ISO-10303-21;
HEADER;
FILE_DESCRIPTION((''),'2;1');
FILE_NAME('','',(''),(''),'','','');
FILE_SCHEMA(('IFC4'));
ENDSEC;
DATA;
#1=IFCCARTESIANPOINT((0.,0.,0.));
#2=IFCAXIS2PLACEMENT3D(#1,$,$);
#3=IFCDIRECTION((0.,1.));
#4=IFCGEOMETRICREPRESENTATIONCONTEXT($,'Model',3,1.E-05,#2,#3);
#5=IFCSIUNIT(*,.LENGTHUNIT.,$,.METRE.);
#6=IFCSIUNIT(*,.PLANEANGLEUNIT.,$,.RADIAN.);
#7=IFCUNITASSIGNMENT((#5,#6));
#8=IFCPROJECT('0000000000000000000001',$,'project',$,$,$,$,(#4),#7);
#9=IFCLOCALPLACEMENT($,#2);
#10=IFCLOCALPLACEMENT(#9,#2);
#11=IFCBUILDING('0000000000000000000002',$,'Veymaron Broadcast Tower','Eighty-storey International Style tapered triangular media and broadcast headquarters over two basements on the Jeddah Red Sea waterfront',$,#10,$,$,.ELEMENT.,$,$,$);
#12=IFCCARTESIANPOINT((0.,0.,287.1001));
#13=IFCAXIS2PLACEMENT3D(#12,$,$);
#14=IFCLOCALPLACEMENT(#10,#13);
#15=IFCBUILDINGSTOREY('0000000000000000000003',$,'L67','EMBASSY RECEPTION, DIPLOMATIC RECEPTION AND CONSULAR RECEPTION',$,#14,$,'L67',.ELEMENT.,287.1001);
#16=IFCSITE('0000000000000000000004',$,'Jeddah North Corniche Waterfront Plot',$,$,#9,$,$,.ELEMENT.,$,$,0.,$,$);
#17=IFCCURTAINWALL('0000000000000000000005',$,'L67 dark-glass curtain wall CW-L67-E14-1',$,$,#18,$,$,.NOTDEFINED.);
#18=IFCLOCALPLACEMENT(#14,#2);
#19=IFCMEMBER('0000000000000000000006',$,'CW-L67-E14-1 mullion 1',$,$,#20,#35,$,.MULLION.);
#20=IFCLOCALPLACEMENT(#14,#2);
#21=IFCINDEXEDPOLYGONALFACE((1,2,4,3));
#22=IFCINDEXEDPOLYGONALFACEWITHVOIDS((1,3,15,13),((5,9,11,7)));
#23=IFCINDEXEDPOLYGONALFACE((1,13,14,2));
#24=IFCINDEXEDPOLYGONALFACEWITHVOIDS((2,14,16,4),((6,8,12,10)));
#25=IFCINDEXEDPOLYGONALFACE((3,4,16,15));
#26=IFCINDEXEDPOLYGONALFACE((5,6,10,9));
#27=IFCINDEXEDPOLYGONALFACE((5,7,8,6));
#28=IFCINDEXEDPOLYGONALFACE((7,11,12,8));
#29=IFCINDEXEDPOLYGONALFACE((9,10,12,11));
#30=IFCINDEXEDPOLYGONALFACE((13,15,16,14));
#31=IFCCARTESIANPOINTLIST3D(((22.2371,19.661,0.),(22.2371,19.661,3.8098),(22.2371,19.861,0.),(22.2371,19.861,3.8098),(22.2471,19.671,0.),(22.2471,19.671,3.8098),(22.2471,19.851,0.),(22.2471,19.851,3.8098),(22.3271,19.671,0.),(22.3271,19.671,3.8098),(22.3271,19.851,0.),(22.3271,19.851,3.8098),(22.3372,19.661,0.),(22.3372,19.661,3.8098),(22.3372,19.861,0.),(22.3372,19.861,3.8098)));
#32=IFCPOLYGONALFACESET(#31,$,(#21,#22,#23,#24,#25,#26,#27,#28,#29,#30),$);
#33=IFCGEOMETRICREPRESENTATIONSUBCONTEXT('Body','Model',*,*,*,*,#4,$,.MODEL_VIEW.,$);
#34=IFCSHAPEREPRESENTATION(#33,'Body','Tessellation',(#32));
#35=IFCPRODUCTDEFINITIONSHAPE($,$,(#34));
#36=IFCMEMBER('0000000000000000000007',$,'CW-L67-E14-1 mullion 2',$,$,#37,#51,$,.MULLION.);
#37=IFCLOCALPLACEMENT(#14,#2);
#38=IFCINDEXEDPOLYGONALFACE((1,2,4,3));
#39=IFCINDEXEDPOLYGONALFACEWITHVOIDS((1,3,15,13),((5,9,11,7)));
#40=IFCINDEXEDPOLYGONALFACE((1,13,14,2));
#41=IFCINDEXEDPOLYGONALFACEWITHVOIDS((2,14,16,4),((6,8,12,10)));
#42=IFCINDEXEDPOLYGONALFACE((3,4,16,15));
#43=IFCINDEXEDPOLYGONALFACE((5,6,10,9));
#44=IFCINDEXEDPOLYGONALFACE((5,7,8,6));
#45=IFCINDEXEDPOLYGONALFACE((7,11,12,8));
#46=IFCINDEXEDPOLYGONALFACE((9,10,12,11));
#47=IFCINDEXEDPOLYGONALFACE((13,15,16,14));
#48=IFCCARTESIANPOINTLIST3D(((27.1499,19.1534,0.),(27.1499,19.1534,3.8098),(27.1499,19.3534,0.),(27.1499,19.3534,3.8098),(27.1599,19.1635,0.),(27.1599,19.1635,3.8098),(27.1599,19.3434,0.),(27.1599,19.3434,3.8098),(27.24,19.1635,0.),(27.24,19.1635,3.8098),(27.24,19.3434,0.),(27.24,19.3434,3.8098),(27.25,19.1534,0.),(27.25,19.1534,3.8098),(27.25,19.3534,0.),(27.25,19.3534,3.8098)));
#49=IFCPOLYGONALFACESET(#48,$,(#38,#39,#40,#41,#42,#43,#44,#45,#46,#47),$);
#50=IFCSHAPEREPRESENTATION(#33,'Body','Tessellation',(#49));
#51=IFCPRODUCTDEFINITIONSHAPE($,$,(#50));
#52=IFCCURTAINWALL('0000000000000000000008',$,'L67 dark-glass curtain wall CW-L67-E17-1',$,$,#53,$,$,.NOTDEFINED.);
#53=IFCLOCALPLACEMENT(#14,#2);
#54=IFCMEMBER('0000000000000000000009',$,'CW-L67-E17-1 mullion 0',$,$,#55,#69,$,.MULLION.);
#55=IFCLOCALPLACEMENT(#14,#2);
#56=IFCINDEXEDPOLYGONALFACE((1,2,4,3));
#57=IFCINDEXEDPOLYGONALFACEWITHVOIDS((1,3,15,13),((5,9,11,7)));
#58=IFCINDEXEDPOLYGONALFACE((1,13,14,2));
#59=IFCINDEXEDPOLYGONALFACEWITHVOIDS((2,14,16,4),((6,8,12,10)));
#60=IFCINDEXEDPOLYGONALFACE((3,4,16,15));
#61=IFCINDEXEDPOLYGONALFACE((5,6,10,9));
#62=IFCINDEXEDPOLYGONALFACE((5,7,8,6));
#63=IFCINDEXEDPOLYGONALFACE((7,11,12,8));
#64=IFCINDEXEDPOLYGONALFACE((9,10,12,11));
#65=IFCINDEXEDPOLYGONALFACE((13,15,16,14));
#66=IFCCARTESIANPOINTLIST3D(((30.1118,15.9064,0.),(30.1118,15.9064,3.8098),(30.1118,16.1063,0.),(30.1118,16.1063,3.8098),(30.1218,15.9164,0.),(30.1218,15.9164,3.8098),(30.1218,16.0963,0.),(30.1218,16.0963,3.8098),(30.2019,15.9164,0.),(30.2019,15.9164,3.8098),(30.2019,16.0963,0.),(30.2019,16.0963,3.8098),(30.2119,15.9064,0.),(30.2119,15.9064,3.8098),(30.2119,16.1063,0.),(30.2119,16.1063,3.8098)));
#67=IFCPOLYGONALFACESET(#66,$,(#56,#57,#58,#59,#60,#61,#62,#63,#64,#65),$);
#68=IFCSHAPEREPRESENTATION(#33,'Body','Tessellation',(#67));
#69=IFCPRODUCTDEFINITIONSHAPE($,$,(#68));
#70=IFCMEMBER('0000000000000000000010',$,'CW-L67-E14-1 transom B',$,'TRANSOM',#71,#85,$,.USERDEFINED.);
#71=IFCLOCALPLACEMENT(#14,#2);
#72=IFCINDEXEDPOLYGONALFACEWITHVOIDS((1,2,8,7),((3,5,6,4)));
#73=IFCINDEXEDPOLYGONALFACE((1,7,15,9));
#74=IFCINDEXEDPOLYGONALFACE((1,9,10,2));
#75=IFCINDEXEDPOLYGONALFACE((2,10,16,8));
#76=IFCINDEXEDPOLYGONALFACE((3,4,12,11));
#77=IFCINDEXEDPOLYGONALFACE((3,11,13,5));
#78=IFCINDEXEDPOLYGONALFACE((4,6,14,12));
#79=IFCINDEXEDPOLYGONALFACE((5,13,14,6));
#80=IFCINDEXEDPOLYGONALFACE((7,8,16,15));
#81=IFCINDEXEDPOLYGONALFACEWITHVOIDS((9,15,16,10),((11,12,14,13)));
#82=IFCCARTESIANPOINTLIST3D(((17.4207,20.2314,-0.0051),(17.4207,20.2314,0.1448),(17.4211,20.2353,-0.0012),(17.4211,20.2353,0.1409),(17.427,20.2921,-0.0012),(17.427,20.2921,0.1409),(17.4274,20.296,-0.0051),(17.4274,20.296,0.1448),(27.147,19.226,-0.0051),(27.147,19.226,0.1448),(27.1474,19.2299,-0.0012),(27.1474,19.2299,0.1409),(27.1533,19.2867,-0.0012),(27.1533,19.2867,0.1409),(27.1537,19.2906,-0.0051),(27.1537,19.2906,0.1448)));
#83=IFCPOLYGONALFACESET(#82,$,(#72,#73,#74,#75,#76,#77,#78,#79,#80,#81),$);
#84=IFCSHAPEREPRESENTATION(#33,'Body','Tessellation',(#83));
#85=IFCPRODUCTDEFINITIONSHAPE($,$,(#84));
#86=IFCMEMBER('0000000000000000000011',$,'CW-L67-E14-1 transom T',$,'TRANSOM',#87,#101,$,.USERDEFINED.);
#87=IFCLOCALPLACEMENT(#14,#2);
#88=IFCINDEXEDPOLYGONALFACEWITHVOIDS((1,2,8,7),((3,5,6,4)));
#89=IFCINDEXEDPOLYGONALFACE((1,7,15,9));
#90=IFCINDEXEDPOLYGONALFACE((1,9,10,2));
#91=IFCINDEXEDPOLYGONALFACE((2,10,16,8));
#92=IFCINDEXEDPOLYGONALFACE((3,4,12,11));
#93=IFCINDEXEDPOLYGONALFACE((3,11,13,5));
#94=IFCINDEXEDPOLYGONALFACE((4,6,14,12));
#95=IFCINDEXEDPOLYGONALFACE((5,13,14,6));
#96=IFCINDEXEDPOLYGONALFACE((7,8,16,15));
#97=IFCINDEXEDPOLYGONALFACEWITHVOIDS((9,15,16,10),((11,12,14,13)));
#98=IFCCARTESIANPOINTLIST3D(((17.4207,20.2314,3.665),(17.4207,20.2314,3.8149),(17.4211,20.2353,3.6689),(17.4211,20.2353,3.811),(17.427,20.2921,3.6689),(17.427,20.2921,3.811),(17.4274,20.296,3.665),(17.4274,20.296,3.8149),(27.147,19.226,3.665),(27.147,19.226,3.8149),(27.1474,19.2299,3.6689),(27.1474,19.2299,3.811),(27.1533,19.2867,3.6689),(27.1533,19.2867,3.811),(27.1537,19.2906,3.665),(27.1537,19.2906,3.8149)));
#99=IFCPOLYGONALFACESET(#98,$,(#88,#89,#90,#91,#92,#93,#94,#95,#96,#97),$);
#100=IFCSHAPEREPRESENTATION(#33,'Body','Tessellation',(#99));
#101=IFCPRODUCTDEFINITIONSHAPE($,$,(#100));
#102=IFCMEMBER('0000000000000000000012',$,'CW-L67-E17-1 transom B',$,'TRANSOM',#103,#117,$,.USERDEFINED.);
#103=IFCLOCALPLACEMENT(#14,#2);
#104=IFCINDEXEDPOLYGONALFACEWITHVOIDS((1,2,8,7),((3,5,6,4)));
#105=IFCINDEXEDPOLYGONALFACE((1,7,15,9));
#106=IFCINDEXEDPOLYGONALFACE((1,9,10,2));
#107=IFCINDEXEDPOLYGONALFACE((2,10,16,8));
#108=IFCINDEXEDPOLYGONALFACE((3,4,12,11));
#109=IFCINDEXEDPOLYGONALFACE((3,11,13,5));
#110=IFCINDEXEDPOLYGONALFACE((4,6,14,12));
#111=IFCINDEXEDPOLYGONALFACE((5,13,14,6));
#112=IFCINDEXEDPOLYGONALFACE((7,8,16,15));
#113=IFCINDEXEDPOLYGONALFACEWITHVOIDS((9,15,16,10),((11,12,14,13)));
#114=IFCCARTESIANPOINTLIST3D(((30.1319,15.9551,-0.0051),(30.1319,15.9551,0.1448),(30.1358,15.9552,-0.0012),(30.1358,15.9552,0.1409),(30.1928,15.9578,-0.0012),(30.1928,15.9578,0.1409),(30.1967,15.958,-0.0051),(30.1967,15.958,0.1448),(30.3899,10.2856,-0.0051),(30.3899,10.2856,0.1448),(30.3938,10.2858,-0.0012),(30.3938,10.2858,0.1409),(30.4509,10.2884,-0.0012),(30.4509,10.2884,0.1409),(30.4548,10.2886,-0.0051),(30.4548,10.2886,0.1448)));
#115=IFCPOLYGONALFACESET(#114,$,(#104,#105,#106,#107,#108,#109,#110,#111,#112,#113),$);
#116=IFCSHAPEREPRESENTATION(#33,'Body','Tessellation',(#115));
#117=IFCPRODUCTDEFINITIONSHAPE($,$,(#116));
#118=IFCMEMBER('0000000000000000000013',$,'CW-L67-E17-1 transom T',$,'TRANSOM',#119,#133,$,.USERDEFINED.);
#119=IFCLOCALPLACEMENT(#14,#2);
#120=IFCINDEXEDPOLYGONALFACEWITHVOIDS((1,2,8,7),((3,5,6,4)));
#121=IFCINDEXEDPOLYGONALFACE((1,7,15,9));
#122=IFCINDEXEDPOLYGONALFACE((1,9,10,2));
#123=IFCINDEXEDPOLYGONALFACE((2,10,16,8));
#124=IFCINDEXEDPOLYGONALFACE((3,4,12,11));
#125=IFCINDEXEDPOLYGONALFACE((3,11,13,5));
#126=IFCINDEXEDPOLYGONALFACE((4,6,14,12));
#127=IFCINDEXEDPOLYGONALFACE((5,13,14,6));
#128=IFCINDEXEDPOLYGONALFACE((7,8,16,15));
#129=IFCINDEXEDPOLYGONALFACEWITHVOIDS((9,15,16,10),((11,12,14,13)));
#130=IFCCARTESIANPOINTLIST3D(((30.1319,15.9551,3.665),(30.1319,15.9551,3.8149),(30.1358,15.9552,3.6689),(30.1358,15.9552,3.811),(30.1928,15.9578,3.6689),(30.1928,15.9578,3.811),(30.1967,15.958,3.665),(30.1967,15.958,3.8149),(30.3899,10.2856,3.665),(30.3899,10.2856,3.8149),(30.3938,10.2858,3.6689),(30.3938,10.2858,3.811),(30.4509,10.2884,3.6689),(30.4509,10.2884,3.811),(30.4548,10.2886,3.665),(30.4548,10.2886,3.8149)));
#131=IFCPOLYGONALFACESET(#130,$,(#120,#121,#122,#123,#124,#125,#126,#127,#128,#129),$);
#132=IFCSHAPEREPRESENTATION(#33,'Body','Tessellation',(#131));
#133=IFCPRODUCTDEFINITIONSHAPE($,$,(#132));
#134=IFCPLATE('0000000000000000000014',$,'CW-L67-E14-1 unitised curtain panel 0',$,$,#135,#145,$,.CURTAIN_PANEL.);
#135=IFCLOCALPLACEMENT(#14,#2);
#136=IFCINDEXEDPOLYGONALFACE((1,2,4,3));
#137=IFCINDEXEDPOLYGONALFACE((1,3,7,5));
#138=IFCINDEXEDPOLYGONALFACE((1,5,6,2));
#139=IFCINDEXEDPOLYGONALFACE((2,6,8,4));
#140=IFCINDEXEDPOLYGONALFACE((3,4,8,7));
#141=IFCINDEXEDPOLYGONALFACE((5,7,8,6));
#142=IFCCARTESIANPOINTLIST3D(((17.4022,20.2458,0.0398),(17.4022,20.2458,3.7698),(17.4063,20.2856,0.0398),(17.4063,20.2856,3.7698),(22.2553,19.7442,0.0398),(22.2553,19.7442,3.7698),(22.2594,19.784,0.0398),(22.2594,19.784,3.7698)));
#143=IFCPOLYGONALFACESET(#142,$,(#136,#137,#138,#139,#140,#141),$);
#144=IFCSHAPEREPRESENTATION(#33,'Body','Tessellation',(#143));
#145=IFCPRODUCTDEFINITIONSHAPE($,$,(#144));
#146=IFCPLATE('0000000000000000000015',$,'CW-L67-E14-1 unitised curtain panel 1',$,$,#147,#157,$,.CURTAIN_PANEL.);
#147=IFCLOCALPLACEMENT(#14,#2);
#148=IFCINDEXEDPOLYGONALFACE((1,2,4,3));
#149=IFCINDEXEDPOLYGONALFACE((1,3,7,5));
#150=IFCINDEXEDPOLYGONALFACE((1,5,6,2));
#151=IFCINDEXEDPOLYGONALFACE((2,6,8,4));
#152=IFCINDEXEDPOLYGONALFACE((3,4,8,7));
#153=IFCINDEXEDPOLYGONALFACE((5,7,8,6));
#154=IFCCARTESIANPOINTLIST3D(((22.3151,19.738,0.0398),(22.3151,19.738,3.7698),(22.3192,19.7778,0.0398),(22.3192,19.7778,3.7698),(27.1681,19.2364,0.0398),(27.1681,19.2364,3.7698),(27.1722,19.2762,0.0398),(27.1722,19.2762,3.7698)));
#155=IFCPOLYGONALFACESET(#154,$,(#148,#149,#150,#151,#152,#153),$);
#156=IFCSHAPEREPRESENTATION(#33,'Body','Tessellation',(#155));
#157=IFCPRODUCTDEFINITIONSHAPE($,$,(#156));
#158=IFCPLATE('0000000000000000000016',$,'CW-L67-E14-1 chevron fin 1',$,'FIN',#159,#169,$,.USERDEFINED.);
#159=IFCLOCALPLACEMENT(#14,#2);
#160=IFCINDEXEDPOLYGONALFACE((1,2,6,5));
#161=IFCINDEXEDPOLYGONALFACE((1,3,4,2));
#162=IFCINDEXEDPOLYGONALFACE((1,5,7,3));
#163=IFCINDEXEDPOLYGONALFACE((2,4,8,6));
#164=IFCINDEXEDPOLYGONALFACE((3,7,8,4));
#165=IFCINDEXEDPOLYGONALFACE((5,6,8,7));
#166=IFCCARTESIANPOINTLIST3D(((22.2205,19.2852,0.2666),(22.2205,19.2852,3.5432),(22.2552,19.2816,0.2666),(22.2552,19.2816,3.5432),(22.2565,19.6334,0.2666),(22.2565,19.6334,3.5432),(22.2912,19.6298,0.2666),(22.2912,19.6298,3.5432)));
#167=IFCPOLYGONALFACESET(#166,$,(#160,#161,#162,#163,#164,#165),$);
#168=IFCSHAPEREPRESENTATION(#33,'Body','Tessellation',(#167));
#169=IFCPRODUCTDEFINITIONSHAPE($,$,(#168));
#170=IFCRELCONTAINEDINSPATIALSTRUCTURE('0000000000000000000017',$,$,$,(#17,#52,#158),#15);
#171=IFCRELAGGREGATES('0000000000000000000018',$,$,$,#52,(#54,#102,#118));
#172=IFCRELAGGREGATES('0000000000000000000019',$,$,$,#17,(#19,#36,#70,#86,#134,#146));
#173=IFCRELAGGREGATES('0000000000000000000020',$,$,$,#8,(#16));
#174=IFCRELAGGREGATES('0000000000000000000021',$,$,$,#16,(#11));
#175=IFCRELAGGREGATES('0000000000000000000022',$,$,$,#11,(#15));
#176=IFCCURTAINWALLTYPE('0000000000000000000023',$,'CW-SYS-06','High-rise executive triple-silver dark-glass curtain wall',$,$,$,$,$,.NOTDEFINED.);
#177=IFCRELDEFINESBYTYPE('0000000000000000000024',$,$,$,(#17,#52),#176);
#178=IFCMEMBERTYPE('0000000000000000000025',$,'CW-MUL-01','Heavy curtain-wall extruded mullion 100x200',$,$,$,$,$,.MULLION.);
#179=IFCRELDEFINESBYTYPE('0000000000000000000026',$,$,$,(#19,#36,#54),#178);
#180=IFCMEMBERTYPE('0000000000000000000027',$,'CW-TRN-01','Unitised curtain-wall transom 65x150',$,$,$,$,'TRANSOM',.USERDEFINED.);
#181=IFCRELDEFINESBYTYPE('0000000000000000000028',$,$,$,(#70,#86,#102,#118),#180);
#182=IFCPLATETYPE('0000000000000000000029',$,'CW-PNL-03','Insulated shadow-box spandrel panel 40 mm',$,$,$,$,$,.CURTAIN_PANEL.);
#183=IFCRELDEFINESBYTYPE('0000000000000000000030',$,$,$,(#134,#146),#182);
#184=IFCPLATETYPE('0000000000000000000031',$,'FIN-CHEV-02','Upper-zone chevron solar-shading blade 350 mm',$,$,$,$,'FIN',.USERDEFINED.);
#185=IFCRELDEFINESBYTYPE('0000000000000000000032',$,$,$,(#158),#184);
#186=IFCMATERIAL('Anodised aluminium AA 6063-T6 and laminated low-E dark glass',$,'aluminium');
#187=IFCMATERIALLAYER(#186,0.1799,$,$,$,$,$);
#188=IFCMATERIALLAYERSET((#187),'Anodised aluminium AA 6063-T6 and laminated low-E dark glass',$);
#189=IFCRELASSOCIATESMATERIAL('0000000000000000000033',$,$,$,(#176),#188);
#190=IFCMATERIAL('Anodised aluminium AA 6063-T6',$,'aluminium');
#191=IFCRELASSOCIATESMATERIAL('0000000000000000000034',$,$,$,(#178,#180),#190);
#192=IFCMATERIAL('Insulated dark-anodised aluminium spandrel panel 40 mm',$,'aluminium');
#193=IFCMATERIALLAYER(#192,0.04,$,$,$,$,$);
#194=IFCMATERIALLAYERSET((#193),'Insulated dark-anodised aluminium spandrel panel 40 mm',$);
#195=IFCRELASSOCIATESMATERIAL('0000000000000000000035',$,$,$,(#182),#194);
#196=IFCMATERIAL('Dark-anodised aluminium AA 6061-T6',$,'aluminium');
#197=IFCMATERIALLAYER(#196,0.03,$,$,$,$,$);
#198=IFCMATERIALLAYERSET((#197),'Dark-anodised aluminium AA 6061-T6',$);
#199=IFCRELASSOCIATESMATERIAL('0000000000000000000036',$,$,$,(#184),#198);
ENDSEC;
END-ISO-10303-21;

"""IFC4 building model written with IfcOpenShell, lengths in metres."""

from ifc_helpers import new_model, si_unit, direction, frame, origin, origin_2d, place, context, subcontext, project, spatial, rectangle, hollow_rectangle, extrude, material, layer, layer_set, material_profile, profile_set, type_object, element, aggregate, save


model = new_model("IFC4")

# Units and contexts
model_context = context("Model", 3, precision=1e-05, world=origin(), true_north=direction((0.0, 1.0)))
body_context = subcontext(model_context, "Body", "Model", "MODEL_VIEW")
ifc_project = project(units=[si_unit("LENGTHUNIT", "METRE"), si_unit("PLANEANGLEUNIT", "RADIAN")], contexts=[model_context])

# Site, building, storey
site_placement = place(None, origin())
site = spatial("IfcSite", under=ifc_project, at=site_placement, Name="Jeddah North Corniche Waterfront Plot", CompositionType="ELEMENT", RefElevation=0.0)
building_placement = place(site_placement, origin())
building = spatial("IfcBuilding", under=site, at=building_placement, Name="Veymaron Broadcast Tower", Description="Eighty-storey International Style tapered triangular media and broadcast headquarters over two basements on the Jeddah Red Sea waterfront", CompositionType="ELEMENT")
storey_placement = place(building_placement, frame((0.0, 0.0, 287.1001)))
storey = spatial("IfcBuildingStorey", under=building, at=storey_placement, Name="L67", Description="EMBASSY RECEPTION, DIPLOMATIC RECEPTION AND CONSULAR RECEPTION", LongName="L67", CompositionType="ELEMENT", Elevation=287.1001)

# Curtain wall, members
ifc_material_1 = material(Name="Anodised aluminium AA 6063-T6 and laminated low-E dark glass", Category="aluminium")
ifc_layer_1 = layer(ifc_material_1, 0.1799)
ifc_layer_set_1 = layer_set([ifc_layer_1], Name="Anodised aluminium AA 6063-T6 and laminated low-E dark glass")
curtain_wall_type = type_object("IfcCurtainWallType", Name="CW-SYS-06", Description="High-rise executive triple-silver dark-glass curtain wall", PredefinedType="NOTDEFINED", material=ifc_layer_set_1)
curtain_wall_1_placement = place(storey_placement, origin())
curtain_wall_1 = element("IfcCurtainWall", 1, at=curtain_wall_1_placement, inside=storey, type_object=curtain_wall_type, Name="L67 dark-glass curtain wall CW-L67-E14-1", PredefinedType="NOTDEFINED")
ifc_material_2 = material(Name="Anodised aluminium AA 6063-T6", Category="aluminium")
ifc_material_profile_1 = material_profile(ifc_material_2, hollow_rectangle(XDim=0.1001, YDim=0.2, WallThickness=0.01, at=origin_2d()), Name="RHS200X100X10")
ifc_profile_set_1 = profile_set([ifc_material_profile_1], Name="Anodised aluminium AA 6063-T6")
member_type_1 = type_object("IfcMemberType", Name="CW-MUL-01", Description="Heavy curtain-wall extruded mullion 100x200", PredefinedType="MULLION", material=ifc_profile_set_1)
member_1_placement = place(storey_placement, frame((22.2871, 19.761, 0.0), z_axis=(0.0, 0.0, 1.0), x_axis=(1.0, 0.0, 0.0)))
member_1 = element("IfcMember", 2, at=member_1_placement, type_object=member_type_1, Name="CW-L67-E14-1 mullion 1", PredefinedType="MULLION", context=body_context, shape_type="SweptSolid", body=[
    extrude(hollow_rectangle(XDim=0.1001, YDim=0.2, WallThickness=0.01, at=origin_2d()), origin(), (0.0, 0.0, 1.0), 3.8098),
])
member_2_placement = place(storey_placement, frame((27.2, 19.2534, 0.0), z_axis=(0.0, 0.0, 1.0), x_axis=(1.0, 0.0, 0.0)))
member_2 = element("IfcMember", 3, at=member_2_placement, type_object=member_type_1, Name="CW-L67-E14-1 mullion 2", PredefinedType="MULLION", context=body_context, shape_type="SweptSolid", body=[
    extrude(hollow_rectangle(XDim=0.1001, YDim=0.2, WallThickness=0.01, at=origin_2d()), origin(), (0.0, 0.0, 1.0), 3.8098),
])

# Curtain wall, member
curtain_wall_2_placement = place(storey_placement, origin())
curtain_wall_2 = element("IfcCurtainWall", 4, at=curtain_wall_2_placement, inside=storey, type_object=curtain_wall_type, Name="L67 dark-glass curtain wall CW-L67-E17-1", PredefinedType="NOTDEFINED")
member_3_placement = place(storey_placement, frame((30.1619, 16.0063, 0.0), z_axis=(0.0, 0.0, 1.0), x_axis=(1.0, 0.0, 0.0)))
member_3 = element("IfcMember", 5, at=member_3_placement, type_object=member_type_1, Name="CW-L67-E17-1 mullion 0", PredefinedType="MULLION", context=body_context, shape_type="SweptSolid", body=[
    extrude(hollow_rectangle(XDim=0.1001, YDim=0.2, WallThickness=0.01, at=origin_2d()), origin(), (0.0, 0.0, 1.0), 3.8098),
])

# Members
ifc_material_profile_2 = material_profile(ifc_material_2, hollow_rectangle(XDim=0.0649, YDim=0.1499, WallThickness=0.0039, at=origin_2d()), Name="AL150X65X4")
ifc_profile_set_2 = profile_set([ifc_material_profile_2], Name="Anodised aluminium AA 6063-T6")
member_type_2 = type_object("IfcMemberType", Name="CW-TRN-01", Description="Unitised curtain-wall transom 65x150", ElementType="TRANSOM", PredefinedType="USERDEFINED", material=ifc_profile_set_2)
member_4_placement = place(storey_placement, frame((17.4241, 20.2637, 0.0698), z_axis=(0.9947, -0.102818, 0.0), x_axis=(0.102818, 0.9947, 0.0)))
member_4 = element("IfcMember", 6, at=member_4_placement, type_object=member_type_2, Name="CW-L67-E14-1 transom B", ObjectType="TRANSOM", PredefinedType="USERDEFINED", context=body_context, shape_type="SweptSolid", body=[
    extrude(hollow_rectangle(XDim=0.0649, YDim=0.1499, WallThickness=0.0039, at=origin_2d()), origin(), (0.0, 0.0, 1.0), 9.7781),
])
member_5_placement = place(storey_placement, frame((17.4241, 20.2637, 3.74), z_axis=(0.9947, -0.102818, 0.0), x_axis=(0.102818, 0.9947, 0.0)))
member_5 = element("IfcMember", 7, at=member_5_placement, type_object=member_type_2, Name="CW-L67-E14-1 transom T", ObjectType="TRANSOM", PredefinedType="USERDEFINED", context=body_context, shape_type="SweptSolid", body=[
    extrude(hollow_rectangle(XDim=0.0649, YDim=0.1499, WallThickness=0.0039, at=origin_2d()), origin(), (0.0, 0.0, 1.0), 9.7781),
])
member_6_placement = place(storey_placement, frame((30.1643, 15.9565, 0.0698), z_axis=(0.04547, -0.998966, 0.0), x_axis=(0.998966, 0.04547, 0.0)))
member_6 = element("IfcMember", 8, at=member_6_placement, type_object=member_type_2, Name="CW-L67-E17-1 transom B", ObjectType="TRANSOM", PredefinedType="USERDEFINED", context=body_context, shape_type="SweptSolid", body=[
    extrude(hollow_rectangle(XDim=0.0649, YDim=0.1499, WallThickness=0.0039, at=origin_2d()), origin(), (0.0, 0.0, 1.0), 5.6753),
])
member_7_placement = place(storey_placement, frame((30.1643, 15.9565, 3.74), z_axis=(0.04547, -0.998966, 0.0), x_axis=(0.998966, 0.04547, 0.0)))
member_7 = element("IfcMember", 9, at=member_7_placement, type_object=member_type_2, Name="CW-L67-E17-1 transom T", ObjectType="TRANSOM", PredefinedType="USERDEFINED", context=body_context, shape_type="SweptSolid", body=[
    extrude(hollow_rectangle(XDim=0.0649, YDim=0.1499, WallThickness=0.0039, at=origin_2d()), origin(), (0.0, 0.0, 1.0), 5.6753),
])
aggregate(curtain_wall_2, [member_3, member_6, member_7])

# Plates
ifc_material_3 = material(Name="Insulated dark-anodised aluminium spandrel panel 40 mm", Category="aluminium")
ifc_layer_2 = layer(ifc_material_3, 0.04)
ifc_layer_set_2 = layer_set([ifc_layer_2], Name="Insulated dark-anodised aluminium spandrel panel 40 mm")
plate_type_1 = type_object("IfcPlateType", Name="CW-PNL-03", Description="Insulated shadow-box spandrel panel 40 mm", PredefinedType="CURTAIN_PANEL", material=ifc_layer_set_2)
plate_1_placement = place(storey_placement, frame((19.8308, 20.0149, 0.0398), z_axis=(0.0, 0.0, 1.0), x_axis=(0.994701, -0.10281, 0.0)))
plate_1 = element("IfcPlate", 10, at=plate_1_placement, type_object=plate_type_1, Name="CW-L67-E14-1 unitised curtain panel 0", PredefinedType="CURTAIN_PANEL", context=body_context, shape_type="SweptSolid", body=[
    extrude(rectangle(XDim=4.8789, YDim=0.04, at=origin_2d()), origin(), (0.0, 0.0, 1.0), 3.73),
])
plate_2_placement = place(storey_placement, frame((24.7437, 19.5071, 0.0398), z_axis=(0.0, 0.0, 1.0), x_axis=(0.994701, -0.10281, 0.0)))
plate_2 = element("IfcPlate", 11, at=plate_2_placement, type_object=plate_type_1, Name="CW-L67-E14-1 unitised curtain panel 1", PredefinedType="CURTAIN_PANEL", context=body_context, shape_type="SweptSolid", body=[
    extrude(rectangle(XDim=4.8789, YDim=0.04, at=origin_2d()), origin(), (0.0, 0.0, 1.0), 3.73),
])
aggregate(curtain_wall_1, [member_1, member_2, member_4, member_5, plate_1, plate_2])
ifc_material_4 = material(Name="Dark-anodised aluminium AA 6061-T6", Category="aluminium")
ifc_layer_3 = layer(ifc_material_4, 0.03)
ifc_layer_set_3 = layer_set([ifc_layer_3], Name="Dark-anodised aluminium AA 6061-T6")
plate_type_2 = type_object("IfcPlateType", Name="FIN-CHEV-02", Description="Upper-zone chevron solar-shading blade 350 mm", ElementType="FIN", PredefinedType="USERDEFINED", material=ifc_layer_set_3)
plate_3_placement = place(storey_placement, frame((22.2559, 19.4575, 0.2666), z_axis=(0.0, 0.0, 1.0), x_axis=(-0.10281, -0.994701, 0.0)))
element("IfcPlate", 12, at=plate_3_placement, inside=storey, type_object=plate_type_2, Name="CW-L67-E14-1 chevron fin 1", ObjectType="FIN", PredefinedType="USERDEFINED", context=body_context, shape_type="SweptSolid", body=[
    extrude(rectangle(XDim=0.3501, YDim=0.0349, at=origin_2d()), origin(), (0.0, 0.0, 1.0), 3.2766),
])

save(model, "model.ifc")
